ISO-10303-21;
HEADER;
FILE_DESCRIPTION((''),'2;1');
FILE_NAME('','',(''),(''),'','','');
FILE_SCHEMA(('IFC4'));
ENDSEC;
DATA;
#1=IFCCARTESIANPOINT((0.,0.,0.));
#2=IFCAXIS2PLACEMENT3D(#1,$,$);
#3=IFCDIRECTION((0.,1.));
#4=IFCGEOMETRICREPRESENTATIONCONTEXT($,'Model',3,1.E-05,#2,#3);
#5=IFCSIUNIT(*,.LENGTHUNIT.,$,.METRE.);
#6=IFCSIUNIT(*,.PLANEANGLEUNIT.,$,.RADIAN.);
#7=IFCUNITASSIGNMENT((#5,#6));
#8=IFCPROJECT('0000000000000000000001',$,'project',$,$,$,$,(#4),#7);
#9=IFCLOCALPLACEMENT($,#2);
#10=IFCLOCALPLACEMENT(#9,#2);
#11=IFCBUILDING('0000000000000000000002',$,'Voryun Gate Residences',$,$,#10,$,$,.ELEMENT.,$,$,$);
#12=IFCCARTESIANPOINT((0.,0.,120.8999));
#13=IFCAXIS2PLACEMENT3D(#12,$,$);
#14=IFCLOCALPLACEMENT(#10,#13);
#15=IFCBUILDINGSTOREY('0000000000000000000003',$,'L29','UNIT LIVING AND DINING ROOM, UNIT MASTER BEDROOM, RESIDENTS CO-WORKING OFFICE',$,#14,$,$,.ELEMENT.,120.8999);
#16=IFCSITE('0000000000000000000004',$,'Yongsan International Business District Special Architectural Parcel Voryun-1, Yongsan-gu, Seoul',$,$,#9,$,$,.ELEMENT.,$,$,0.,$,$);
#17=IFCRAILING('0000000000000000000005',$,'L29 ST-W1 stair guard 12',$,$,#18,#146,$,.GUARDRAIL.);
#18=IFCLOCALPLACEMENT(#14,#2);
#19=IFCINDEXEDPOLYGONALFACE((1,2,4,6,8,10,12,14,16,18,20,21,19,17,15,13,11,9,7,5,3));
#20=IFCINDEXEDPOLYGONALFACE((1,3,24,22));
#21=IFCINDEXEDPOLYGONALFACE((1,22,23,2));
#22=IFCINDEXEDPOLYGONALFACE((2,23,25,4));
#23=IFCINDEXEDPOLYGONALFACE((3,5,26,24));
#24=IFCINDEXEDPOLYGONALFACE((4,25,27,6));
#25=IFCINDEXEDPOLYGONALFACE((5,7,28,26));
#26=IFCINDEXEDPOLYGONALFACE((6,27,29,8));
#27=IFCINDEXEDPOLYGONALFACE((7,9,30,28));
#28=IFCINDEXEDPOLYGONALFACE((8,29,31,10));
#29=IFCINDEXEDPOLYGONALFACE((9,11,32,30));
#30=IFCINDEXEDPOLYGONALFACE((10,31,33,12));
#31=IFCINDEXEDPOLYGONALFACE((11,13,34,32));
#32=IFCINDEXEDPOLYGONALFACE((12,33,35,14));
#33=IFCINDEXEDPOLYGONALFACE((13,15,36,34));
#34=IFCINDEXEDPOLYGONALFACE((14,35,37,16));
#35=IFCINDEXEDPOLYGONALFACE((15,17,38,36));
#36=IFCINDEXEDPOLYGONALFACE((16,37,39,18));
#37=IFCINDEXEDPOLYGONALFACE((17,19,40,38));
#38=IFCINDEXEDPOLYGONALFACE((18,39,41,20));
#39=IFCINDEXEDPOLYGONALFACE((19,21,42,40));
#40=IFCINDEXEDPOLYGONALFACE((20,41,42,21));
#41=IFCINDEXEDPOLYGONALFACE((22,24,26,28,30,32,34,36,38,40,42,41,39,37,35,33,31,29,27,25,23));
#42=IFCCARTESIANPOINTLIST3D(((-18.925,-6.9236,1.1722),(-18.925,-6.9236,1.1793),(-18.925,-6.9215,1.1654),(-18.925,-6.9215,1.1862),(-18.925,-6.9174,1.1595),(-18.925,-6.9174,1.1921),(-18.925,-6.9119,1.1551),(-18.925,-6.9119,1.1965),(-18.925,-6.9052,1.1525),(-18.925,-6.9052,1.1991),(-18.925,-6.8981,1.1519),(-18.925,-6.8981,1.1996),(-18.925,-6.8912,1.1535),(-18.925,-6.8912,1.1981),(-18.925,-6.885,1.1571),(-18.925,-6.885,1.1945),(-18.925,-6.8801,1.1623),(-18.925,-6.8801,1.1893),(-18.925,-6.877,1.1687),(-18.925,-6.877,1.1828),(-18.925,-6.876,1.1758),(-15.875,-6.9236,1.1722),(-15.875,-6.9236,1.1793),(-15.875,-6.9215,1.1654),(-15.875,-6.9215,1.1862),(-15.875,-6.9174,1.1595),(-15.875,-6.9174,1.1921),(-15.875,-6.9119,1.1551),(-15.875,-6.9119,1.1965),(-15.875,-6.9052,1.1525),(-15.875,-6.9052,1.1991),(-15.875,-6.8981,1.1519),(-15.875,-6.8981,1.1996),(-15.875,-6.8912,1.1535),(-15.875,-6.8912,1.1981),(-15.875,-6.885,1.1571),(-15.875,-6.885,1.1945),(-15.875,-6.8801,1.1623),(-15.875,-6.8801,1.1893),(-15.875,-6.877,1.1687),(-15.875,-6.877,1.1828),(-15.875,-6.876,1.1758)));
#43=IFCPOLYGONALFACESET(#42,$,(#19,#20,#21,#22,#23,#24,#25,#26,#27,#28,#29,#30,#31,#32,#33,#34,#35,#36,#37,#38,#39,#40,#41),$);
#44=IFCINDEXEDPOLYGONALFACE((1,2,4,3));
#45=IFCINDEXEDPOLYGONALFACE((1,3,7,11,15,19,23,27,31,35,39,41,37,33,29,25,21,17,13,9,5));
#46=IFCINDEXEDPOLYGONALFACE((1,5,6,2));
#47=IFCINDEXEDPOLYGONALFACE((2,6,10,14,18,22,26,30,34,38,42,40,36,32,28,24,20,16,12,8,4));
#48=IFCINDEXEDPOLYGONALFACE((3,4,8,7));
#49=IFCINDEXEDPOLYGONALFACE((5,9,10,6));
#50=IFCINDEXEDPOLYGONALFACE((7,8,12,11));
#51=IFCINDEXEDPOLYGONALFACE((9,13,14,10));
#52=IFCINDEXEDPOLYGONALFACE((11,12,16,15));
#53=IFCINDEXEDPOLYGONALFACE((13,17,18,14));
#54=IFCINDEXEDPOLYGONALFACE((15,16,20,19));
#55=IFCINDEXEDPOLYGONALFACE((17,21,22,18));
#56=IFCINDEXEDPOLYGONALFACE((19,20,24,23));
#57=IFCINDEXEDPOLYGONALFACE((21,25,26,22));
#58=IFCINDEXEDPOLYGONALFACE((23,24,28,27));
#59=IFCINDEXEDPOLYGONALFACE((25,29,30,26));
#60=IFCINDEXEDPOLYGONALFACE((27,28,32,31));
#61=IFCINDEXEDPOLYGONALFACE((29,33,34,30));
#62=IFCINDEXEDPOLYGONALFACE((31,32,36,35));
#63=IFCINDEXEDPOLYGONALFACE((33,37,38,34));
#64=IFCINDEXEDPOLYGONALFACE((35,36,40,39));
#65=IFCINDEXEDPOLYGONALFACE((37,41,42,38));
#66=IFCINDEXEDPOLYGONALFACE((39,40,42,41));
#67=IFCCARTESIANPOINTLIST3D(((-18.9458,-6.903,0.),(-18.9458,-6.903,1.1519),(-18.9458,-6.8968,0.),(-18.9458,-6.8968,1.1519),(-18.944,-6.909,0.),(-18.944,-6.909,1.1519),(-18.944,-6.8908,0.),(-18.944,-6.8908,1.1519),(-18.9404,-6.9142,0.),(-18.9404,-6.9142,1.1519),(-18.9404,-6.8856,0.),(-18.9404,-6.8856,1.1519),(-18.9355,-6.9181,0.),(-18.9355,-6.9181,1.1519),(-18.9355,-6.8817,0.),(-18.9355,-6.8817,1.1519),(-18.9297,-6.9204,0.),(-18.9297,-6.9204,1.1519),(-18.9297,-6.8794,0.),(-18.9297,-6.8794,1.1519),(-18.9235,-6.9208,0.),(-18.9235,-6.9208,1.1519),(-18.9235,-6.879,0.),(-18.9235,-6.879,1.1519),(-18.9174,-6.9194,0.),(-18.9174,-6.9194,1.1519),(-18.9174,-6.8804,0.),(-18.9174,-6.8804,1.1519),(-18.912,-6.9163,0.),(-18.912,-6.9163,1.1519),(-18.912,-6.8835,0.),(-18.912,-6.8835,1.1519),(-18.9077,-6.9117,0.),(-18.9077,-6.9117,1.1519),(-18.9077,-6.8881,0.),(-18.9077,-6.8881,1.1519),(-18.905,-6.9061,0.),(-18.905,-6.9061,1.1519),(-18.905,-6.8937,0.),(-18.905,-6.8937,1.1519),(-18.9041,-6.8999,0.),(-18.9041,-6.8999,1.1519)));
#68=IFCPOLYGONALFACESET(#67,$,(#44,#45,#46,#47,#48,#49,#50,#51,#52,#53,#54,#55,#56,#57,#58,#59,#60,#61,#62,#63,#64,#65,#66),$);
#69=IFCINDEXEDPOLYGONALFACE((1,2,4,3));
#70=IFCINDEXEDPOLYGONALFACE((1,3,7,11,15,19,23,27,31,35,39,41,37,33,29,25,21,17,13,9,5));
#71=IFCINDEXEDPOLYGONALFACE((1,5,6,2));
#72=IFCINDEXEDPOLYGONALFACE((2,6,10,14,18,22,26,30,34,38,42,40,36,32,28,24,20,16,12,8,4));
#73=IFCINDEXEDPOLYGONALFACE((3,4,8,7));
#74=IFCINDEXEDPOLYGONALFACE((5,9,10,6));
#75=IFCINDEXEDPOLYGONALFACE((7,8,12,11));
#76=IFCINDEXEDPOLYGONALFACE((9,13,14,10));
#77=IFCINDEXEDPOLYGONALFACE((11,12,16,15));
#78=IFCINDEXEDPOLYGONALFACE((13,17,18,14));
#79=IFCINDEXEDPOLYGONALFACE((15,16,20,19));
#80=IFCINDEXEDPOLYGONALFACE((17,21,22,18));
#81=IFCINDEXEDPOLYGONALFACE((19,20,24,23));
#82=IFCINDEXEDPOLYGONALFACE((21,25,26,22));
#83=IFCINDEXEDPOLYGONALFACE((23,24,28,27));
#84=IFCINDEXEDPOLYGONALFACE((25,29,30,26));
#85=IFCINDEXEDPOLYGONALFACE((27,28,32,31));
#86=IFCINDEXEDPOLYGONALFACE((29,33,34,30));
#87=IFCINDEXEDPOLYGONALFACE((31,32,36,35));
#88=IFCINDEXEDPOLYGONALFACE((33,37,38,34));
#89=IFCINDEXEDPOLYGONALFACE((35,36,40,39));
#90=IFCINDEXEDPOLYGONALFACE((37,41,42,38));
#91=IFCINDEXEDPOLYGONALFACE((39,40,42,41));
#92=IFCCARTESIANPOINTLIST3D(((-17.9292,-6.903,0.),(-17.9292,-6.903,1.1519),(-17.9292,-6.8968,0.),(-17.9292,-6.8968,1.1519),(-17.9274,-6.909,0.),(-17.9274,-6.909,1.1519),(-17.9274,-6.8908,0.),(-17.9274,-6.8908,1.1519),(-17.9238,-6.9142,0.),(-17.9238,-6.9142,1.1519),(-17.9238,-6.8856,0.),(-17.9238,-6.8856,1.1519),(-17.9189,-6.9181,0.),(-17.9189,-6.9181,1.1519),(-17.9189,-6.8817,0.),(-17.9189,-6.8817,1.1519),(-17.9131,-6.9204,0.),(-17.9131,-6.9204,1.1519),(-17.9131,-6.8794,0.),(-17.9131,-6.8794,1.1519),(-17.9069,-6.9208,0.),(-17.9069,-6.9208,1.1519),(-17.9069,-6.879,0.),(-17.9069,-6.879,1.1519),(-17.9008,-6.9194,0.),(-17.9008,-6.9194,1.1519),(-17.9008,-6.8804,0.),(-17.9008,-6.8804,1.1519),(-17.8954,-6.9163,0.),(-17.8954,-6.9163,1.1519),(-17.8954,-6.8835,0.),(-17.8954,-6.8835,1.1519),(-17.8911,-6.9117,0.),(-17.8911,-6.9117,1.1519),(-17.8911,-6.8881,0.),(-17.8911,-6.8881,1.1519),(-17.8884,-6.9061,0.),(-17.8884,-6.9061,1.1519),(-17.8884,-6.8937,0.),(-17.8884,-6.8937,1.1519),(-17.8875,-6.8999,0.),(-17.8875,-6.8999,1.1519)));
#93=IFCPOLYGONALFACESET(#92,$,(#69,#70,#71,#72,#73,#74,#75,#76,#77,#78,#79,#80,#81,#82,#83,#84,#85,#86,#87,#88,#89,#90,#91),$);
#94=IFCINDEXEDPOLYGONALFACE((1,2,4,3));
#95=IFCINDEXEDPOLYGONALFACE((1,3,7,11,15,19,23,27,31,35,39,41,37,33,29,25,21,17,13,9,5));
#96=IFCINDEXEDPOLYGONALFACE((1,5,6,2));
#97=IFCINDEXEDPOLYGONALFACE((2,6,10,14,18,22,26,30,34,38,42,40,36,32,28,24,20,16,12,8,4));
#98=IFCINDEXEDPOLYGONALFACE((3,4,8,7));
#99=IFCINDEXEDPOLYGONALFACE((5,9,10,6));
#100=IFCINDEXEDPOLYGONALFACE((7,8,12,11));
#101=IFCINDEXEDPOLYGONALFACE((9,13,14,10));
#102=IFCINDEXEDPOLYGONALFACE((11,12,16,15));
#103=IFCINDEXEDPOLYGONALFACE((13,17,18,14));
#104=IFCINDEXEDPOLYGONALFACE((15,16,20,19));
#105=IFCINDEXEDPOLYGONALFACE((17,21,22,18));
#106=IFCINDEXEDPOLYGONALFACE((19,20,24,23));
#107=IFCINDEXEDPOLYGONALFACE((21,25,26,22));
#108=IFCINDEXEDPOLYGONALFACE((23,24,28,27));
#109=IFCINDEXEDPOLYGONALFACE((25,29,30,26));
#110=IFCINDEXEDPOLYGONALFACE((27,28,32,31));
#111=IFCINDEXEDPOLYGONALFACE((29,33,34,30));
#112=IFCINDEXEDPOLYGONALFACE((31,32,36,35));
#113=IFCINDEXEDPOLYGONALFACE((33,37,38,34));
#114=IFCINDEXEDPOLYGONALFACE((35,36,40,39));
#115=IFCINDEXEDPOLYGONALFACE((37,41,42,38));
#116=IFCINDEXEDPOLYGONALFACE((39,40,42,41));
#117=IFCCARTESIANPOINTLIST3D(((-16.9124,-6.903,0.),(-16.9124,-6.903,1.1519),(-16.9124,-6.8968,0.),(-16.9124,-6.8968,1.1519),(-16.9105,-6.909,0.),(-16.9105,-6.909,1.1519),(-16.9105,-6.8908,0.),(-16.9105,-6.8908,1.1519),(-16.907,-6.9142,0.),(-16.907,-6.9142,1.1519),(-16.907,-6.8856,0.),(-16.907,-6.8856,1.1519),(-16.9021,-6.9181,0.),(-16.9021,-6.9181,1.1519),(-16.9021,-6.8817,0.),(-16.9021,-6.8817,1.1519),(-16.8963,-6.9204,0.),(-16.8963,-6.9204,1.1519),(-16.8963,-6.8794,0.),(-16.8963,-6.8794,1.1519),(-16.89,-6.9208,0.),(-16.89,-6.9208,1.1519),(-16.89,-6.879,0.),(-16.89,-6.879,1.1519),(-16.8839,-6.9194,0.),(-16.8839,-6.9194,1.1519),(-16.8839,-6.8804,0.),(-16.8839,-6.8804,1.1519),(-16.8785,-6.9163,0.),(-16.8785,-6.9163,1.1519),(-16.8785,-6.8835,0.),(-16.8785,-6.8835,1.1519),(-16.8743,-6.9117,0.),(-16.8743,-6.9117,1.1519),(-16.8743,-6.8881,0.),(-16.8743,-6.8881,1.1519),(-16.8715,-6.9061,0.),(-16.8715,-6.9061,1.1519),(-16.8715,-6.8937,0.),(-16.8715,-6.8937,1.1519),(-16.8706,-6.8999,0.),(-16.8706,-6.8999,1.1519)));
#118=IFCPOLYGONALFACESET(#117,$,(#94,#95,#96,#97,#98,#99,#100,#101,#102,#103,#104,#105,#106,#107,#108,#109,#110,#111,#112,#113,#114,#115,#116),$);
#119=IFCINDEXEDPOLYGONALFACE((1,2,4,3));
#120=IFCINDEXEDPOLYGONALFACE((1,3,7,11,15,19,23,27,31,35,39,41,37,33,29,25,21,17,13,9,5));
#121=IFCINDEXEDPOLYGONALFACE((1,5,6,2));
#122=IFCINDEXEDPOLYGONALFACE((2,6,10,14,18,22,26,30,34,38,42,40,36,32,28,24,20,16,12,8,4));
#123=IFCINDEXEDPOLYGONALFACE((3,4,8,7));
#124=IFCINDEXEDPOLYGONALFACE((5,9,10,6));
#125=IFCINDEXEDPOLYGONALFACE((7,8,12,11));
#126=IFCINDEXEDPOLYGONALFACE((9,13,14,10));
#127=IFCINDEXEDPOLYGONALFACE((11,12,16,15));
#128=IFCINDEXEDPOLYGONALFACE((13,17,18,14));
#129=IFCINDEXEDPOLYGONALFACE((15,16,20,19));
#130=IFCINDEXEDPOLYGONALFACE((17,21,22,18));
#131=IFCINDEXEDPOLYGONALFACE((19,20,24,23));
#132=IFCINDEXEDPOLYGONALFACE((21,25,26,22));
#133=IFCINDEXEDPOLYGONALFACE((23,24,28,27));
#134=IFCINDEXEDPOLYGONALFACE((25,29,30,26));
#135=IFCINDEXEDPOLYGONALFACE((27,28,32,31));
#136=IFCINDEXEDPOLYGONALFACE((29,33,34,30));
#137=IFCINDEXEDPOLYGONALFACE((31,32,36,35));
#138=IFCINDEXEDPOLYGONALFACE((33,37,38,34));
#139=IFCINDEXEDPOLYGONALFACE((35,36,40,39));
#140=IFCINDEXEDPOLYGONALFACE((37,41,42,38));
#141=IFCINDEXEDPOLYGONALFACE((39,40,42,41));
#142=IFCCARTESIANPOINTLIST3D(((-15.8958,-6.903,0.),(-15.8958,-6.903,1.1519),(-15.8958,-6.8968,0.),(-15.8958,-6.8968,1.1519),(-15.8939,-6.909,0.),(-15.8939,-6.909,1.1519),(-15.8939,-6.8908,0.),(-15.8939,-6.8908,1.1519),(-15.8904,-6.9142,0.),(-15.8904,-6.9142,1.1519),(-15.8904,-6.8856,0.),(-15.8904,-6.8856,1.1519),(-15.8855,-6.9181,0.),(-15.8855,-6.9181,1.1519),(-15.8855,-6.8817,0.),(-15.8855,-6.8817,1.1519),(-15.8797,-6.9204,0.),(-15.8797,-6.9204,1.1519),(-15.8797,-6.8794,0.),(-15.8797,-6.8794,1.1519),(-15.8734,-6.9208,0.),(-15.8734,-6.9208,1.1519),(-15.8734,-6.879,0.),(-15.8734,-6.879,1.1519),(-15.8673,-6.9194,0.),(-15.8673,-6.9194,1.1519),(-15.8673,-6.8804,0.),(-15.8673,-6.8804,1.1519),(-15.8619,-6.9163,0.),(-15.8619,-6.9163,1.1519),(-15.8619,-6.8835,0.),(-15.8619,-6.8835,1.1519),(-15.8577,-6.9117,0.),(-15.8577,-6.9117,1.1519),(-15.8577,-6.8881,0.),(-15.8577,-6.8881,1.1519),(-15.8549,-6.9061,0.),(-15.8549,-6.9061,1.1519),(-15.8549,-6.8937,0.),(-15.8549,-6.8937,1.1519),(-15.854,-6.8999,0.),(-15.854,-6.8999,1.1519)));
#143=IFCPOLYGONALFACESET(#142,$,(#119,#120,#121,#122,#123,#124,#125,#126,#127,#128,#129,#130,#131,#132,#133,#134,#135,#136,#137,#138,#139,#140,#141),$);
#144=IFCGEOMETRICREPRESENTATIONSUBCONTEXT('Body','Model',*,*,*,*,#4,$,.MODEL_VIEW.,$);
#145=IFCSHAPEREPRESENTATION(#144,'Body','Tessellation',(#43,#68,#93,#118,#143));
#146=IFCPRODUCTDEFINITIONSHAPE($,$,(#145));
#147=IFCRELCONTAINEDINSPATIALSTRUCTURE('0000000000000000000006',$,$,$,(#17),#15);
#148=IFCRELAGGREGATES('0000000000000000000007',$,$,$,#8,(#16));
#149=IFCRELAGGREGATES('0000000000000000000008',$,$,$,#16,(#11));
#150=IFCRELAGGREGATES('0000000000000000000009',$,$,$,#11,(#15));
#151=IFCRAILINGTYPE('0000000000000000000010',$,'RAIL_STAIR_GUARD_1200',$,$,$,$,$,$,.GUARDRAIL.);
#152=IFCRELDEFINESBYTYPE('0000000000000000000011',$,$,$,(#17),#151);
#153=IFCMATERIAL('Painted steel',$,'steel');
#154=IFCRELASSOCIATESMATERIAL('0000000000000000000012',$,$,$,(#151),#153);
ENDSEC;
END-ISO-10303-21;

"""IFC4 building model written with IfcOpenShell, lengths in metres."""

from ifc_helpers import new_model, si_unit, direction, frame, origin, origin_2d, place, context, subcontext, project, spatial, circle, extrude, material, type_object, element, save


model = new_model("IFC4")

# Units and contexts
model_context = context("Model", 3, precision=1e-05, world=origin(), true_north=direction((0.0, 1.0)))
body_context = subcontext(model_context, "Body", "Model", "MODEL_VIEW")
ifc_project = project(units=[si_unit("LENGTHUNIT", "METRE"), si_unit("PLANEANGLEUNIT", "RADIAN")], contexts=[model_context])

# Site, building, storey
site_placement = place(None, origin())
site = spatial("IfcSite", under=ifc_project, at=site_placement, Name="Yongsan International Business District Special Architectural Parcel Voryun-1, Yongsan-gu, Seoul", CompositionType="ELEMENT", RefElevation=0.0)
building_placement = place(site_placement, origin())
building = spatial("IfcBuilding", under=site, at=building_placement, Name="Voryun Gate Residences", CompositionType="ELEMENT")
storey_placement = place(building_placement, frame((0.0, 0.0, 120.8999)))
storey = spatial("IfcBuildingStorey", under=building, at=storey_placement, Name="L29", Description="UNIT LIVING AND DINING ROOM, UNIT MASTER BEDROOM, RESIDENTS CO-WORKING OFFICE", CompositionType="ELEMENT", Elevation=120.8999)

# Railing
ifc_material_1 = material(Name="Painted steel", Category="steel")
railing_type_1 = type_object("IfcRailingType", Name="RAIL_STAIR_GUARD_1200", PredefinedType="GUARDRAIL", material=ifc_material_1)
railing_1_placement = place(storey_placement, frame((-18.925, -6.8999, 0.0)))
element("IfcRailing", 1, at=railing_1_placement, inside=storey, type_object=railing_type_1, Name="L29 ST-W1 stair guard 12", PredefinedType="GUARDRAIL", context=body_context, shape_type="SweptSolid", body=[
    extrude(circle(Radius=0.0239, at=origin_2d()), frame((0.0, 0.0, 1.1758), z_axis=(1.0, 0.0, 0.0), x_axis=(0.0, 1.0, 0.0)), (0.0, 0.0, 1.0), 3.05),
    extrude(circle(Radius=0.021, at=origin_2d()), origin(), (0.0, 0.0, 1.0), 1.1519),
    extrude(circle(Radius=0.021, at=origin_2d()), frame((1.0166, 0.0, 0.0)), (0.0, 0.0, 1.0), 1.1519),
    extrude(circle(Radius=0.021, at=origin_2d()), frame((2.0334, 0.0, 0.0)), (0.0, 0.0, 1.0), 1.1519),
    extrude(circle(Radius=0.021, at=origin_2d()), frame((3.05, 0.0, 0.0)), (0.0, 0.0, 1.0), 1.1519),
])

save(model, "model.ifc")
